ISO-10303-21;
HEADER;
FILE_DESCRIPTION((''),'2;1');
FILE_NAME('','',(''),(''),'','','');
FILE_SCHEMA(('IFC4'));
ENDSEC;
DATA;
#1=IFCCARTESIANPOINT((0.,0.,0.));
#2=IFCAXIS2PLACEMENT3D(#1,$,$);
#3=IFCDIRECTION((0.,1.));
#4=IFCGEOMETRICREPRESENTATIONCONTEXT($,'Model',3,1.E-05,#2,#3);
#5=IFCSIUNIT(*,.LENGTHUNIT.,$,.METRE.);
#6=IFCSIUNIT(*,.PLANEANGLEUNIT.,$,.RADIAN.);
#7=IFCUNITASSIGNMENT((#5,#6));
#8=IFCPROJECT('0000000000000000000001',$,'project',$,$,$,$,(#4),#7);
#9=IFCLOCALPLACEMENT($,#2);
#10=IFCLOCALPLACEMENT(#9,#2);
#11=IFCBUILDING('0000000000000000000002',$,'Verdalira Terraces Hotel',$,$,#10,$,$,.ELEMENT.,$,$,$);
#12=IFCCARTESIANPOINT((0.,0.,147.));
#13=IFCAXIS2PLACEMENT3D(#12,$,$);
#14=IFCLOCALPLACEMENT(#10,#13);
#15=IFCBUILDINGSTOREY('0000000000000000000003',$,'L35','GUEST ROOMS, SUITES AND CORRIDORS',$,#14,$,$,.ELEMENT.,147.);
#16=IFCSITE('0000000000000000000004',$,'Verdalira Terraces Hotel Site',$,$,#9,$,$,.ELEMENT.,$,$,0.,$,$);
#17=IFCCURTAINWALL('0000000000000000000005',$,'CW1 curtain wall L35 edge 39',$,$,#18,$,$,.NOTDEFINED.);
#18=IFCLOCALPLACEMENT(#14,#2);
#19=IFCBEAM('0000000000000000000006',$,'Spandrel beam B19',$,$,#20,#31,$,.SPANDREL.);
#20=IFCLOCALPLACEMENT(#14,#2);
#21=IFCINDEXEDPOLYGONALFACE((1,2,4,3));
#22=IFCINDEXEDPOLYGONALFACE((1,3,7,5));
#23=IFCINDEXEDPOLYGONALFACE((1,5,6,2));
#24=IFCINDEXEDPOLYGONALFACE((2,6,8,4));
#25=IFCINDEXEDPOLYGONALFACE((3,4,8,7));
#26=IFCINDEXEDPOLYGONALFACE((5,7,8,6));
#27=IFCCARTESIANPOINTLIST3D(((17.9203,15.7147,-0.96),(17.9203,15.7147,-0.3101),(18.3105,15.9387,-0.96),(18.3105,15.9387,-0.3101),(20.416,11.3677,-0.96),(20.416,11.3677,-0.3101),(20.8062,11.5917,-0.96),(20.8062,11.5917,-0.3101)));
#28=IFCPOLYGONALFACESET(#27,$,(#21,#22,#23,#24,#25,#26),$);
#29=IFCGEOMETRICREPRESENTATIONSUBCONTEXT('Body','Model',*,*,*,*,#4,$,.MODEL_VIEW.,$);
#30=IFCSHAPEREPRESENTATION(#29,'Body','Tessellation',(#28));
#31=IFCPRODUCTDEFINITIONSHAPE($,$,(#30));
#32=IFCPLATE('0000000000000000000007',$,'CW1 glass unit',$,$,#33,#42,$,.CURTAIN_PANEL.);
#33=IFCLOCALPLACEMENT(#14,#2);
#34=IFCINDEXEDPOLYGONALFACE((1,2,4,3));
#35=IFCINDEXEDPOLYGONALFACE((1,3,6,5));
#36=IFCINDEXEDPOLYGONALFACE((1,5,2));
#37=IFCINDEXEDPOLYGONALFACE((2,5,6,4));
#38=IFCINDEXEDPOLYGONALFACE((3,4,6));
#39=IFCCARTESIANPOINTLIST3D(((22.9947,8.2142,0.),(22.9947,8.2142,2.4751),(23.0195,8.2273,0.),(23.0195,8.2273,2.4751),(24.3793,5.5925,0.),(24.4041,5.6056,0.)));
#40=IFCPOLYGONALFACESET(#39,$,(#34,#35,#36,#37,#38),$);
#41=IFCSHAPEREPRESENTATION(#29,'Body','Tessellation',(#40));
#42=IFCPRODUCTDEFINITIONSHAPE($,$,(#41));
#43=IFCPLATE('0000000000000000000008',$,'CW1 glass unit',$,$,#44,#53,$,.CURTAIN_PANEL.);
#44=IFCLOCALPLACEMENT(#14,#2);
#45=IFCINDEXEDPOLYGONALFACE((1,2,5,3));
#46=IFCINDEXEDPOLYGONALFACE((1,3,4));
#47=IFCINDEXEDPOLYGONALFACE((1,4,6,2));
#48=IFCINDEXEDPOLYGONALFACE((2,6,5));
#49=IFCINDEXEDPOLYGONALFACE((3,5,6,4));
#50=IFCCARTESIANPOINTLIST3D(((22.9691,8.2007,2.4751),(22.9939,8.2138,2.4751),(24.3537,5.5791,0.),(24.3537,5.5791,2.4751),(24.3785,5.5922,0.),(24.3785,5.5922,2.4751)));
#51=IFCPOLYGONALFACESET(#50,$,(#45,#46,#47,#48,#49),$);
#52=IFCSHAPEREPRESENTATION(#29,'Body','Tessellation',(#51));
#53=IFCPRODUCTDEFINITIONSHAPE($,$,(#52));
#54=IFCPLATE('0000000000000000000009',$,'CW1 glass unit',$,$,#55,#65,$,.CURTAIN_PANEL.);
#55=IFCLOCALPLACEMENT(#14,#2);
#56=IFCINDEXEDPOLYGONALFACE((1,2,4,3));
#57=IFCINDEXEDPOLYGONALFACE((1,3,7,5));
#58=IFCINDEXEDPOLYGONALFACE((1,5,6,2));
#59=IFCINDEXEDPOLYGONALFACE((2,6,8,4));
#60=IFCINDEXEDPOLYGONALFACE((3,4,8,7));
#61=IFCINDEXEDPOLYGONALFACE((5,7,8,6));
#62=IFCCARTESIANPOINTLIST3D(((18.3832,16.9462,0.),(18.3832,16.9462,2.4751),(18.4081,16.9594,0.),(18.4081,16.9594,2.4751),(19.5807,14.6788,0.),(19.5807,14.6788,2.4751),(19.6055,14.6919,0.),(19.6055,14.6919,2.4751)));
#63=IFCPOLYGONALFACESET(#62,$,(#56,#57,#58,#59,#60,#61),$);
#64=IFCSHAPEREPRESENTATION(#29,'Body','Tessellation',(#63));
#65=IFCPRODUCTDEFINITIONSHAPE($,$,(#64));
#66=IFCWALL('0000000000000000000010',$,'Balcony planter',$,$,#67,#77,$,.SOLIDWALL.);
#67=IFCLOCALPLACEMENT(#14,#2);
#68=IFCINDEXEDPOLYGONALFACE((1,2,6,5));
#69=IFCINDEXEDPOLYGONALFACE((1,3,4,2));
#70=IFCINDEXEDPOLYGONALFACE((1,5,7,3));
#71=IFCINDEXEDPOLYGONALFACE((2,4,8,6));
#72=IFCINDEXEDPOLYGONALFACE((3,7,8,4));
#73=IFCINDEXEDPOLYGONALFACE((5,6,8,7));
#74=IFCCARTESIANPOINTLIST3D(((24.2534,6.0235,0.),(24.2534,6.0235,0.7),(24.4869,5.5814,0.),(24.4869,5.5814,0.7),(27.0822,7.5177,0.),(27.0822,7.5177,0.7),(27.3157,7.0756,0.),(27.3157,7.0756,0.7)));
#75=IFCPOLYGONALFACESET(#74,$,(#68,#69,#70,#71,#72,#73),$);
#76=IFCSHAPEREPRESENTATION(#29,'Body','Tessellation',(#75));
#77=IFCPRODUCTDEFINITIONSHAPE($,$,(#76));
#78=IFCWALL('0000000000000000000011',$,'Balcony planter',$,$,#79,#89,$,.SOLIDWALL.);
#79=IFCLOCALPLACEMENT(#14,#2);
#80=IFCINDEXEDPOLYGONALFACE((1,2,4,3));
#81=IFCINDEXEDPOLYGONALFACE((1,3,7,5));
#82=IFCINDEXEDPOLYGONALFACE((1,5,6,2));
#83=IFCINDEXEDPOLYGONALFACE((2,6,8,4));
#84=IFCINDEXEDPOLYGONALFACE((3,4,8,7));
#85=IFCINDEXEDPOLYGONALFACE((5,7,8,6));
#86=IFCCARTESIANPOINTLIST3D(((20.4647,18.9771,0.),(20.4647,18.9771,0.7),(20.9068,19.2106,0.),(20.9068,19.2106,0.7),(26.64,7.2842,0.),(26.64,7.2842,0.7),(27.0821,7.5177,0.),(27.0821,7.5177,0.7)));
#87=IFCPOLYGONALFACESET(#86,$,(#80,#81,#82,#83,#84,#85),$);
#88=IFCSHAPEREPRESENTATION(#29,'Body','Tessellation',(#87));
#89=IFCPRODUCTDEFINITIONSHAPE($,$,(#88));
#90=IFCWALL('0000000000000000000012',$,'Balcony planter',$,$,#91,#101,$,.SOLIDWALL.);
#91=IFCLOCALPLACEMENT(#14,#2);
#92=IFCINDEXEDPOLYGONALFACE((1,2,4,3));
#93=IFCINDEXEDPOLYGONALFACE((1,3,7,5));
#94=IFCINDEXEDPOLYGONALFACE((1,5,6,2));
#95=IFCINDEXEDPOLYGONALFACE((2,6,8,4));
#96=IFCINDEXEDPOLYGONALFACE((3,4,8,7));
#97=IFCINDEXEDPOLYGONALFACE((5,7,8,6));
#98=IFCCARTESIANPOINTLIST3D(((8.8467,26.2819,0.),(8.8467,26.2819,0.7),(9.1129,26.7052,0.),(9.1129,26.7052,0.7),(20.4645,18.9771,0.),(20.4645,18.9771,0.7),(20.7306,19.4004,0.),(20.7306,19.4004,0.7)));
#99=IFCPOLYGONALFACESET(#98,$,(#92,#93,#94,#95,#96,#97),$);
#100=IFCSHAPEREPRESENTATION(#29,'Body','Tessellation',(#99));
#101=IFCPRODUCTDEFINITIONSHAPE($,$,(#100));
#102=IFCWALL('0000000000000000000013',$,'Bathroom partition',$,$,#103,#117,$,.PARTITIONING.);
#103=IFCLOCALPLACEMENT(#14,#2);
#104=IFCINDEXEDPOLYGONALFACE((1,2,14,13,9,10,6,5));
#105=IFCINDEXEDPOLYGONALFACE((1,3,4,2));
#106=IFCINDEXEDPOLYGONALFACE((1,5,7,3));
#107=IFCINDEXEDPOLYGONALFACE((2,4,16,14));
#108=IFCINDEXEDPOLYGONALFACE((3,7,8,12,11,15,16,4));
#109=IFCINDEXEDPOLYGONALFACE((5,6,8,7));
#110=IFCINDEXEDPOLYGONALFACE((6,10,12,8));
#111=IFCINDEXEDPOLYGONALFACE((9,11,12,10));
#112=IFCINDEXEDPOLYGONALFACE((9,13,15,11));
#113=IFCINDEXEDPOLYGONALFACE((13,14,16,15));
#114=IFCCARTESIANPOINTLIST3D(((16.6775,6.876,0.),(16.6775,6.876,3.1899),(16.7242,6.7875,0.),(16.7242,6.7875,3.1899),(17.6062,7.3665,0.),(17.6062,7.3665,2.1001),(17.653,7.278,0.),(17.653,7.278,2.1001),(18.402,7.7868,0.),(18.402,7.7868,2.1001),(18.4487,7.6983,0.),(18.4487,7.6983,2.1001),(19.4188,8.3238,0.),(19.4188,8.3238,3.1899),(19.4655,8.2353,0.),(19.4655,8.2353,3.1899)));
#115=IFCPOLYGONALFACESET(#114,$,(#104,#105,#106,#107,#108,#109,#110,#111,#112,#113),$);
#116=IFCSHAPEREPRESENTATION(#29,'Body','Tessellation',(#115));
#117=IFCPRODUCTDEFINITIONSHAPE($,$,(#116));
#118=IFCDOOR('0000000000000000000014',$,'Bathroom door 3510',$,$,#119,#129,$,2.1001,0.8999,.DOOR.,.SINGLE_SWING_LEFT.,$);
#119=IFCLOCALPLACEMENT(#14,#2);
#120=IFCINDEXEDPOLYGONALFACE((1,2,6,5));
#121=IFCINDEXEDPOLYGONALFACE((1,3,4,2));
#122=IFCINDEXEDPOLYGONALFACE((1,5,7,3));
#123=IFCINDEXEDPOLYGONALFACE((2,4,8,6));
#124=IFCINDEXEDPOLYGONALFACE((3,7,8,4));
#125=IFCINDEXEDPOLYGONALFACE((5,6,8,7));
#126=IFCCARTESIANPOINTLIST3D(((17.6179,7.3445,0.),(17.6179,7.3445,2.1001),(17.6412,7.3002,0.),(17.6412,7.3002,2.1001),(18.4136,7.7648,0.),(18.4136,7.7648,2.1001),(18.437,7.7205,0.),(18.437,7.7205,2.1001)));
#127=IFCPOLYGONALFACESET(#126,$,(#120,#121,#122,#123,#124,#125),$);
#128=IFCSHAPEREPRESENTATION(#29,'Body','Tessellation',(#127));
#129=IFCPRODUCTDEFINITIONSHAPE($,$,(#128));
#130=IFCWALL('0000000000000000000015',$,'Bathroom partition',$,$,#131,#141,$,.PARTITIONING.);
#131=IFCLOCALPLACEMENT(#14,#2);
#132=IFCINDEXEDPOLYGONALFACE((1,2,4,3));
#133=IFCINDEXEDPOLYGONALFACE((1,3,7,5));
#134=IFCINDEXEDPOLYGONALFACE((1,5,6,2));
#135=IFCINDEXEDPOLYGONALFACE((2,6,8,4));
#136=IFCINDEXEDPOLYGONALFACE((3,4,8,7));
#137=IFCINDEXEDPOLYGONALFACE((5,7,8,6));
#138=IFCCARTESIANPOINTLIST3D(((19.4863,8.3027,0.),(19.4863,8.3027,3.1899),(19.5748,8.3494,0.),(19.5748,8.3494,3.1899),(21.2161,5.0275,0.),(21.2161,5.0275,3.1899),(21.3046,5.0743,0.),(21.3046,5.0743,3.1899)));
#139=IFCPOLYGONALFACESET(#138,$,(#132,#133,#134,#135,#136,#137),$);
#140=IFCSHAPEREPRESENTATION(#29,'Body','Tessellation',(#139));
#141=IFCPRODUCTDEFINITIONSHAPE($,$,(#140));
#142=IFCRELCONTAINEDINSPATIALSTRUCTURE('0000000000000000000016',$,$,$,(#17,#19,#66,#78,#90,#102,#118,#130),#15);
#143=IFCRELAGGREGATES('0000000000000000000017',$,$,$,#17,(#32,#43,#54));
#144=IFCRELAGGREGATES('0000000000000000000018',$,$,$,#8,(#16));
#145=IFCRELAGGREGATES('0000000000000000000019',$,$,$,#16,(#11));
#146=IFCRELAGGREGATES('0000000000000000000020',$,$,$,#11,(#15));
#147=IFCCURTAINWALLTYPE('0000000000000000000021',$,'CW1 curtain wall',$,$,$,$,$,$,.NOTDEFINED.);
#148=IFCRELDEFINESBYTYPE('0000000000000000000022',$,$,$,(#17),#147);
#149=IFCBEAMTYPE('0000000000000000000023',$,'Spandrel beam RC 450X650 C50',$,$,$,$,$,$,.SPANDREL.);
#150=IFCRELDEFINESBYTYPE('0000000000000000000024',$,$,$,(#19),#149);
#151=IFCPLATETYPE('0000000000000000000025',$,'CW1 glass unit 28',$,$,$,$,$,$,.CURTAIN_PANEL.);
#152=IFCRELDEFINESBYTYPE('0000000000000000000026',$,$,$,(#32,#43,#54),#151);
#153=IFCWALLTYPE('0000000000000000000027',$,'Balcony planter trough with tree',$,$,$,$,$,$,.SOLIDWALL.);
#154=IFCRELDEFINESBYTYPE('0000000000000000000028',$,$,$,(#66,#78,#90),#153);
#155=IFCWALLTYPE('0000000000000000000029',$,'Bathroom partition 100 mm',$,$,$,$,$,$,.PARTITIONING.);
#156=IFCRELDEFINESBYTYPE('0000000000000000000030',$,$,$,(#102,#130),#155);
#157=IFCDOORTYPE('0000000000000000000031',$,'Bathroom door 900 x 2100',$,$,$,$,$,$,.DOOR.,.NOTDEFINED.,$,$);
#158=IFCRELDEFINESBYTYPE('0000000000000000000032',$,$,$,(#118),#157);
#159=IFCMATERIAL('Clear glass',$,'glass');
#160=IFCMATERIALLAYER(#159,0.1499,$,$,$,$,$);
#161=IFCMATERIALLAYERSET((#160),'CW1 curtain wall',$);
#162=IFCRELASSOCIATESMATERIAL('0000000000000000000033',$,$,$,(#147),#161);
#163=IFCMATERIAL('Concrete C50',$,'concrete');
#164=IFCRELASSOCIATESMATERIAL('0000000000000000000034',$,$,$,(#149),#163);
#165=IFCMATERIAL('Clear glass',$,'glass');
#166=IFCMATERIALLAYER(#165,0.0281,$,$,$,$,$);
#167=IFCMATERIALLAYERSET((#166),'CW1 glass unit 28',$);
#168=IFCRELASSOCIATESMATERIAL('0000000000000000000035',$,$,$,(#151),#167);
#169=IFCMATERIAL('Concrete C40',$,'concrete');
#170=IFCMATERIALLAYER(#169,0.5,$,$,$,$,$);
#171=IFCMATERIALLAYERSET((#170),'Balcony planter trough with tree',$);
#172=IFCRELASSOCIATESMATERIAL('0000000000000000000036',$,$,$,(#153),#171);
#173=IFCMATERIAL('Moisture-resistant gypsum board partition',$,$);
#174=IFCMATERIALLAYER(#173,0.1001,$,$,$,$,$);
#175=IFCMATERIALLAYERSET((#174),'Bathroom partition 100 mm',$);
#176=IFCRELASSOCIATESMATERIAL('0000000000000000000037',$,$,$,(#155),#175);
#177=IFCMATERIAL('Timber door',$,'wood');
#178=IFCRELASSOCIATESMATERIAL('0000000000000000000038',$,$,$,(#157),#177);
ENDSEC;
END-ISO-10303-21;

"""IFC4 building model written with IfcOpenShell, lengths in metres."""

from ifc_helpers import new_model, si_unit, direction, frame, frame_2d, origin, origin_2d, place, context, subcontext, project, spatial, polyline, rectangle, outline, extrude, material, layer, layer_set, material_profile, profile_set, type_object, element, fill, aggregate, save


model = new_model("IFC4")

# Units and contexts
model_context = context("Model", 3, precision=1e-05, world=origin(), true_north=direction((0.0, 1.0)))
body_context = subcontext(model_context, "Body", "Model", "MODEL_VIEW")
ifc_project = project(units=[si_unit("LENGTHUNIT", "METRE"), si_unit("PLANEANGLEUNIT", "RADIAN")], contexts=[model_context])

# Site, building, storey
site_placement = place(None, origin())
site = spatial("IfcSite", under=ifc_project, at=site_placement, Name="Verdalira Terraces Hotel Site", CompositionType="ELEMENT", RefElevation=0.0)
building_placement = place(site_placement, origin())
building = spatial("IfcBuilding", under=site, at=building_placement, Name="Verdalira Terraces Hotel", CompositionType="ELEMENT")
storey_placement = place(building_placement, frame((0.0, 0.0, 147.0)))
storey = spatial("IfcBuildingStorey", under=building, at=storey_placement, Name="L35", Description="GUEST ROOMS, SUITES AND CORRIDORS", CompositionType="ELEMENT", Elevation=147.0)

# Curtain wall
ifc_material_1 = material(Name="Clear glass", Category="glass")
ifc_layer_1 = layer(ifc_material_1, 0.1499)
ifc_layer_set_1 = layer_set([ifc_layer_1], Name="CW1 curtain wall")
curtain_wall_type_1 = type_object("IfcCurtainWallType", Name="CW1 curtain wall", PredefinedType="NOTDEFINED", material=ifc_layer_set_1)
curtain_wall_1_placement = place(storey_placement, origin())
curtain_wall_1 = element("IfcCurtainWall", 1, at=curtain_wall_1_placement, inside=storey, type_object=curtain_wall_type_1, Name="CW1 curtain wall L35 edge 39", PredefinedType="NOTDEFINED")

# Beam
ifc_material_2 = material(Name="Concrete C50", Category="concrete")
ifc_material_profile_1 = material_profile(ifc_material_2, rectangle(XDim=0.45, YDim=0.6499, at=origin_2d()), Name="RC 450X650")
ifc_profile_set_1 = profile_set([ifc_material_profile_1], Name="Concrete C50")
beam_type_1 = type_object("IfcBeamType", Name="Spandrel beam RC 450X650 C50", PredefinedType="SPANDREL", material=ifc_profile_set_1)
beam_1_placement = place(storey_placement, frame((20.6111, 11.4797, -0.635), z_axis=(-0.49789, 0.86724, 0.0), x_axis=(-0.86724, -0.49789, 0.0)))
element("IfcBeam", 2, at=beam_1_placement, inside=storey, type_object=beam_type_1, Name="Spandrel beam B19", PredefinedType="SPANDREL", context=body_context, shape_type="SweptSolid", body=[
    extrude(rectangle(XDim=0.45, YDim=0.6499, at=origin_2d()), origin(), (0.0, 0.0, 1.0), 5.0125),
])

# Plates
ifc_material_3 = material(Name="Clear glass", Category="glass")
ifc_layer_2 = layer(ifc_material_3, 0.0281)
ifc_layer_set_2 = layer_set([ifc_layer_2], Name="CW1 glass unit 28")
plate_type = type_object("IfcPlateType", Name="CW1 glass unit 28", PredefinedType="CURTAIN_PANEL", material=ifc_layer_set_2)
plate_1_placement = place(storey_placement, frame((23.687, 6.9033, 1.2375), z_axis=(0.884255, 0.467004, 0.0), x_axis=(-0.467004, 0.884255, 0.0)))
plate_1 = element("IfcPlate", 3, at=plate_1_placement, type_object=plate_type, Name="CW1 glass unit", PredefinedType="CURTAIN_PANEL", context=body_context, shape_type="SweptSolid", body=[
    extrude(outline(polyline([(-1.4824, -1.2375), (1.4824, -1.2375), (1.4824, 1.2375), (-1.4824, -1.2375)])), origin(), (0.0, 0.0, 1.0), 0.0281),
])
plate_2_placement = place(storey_placement, frame((23.6614, 6.8899, 1.2375), z_axis=(0.884255, 0.467004, 0.0), x_axis=(-0.467004, 0.884255, 0.0)))
plate_2 = element("IfcPlate", 4, at=plate_2_placement, type_object=plate_type, Name="CW1 glass unit", PredefinedType="CURTAIN_PANEL", context=body_context, shape_type="SweptSolid", body=[
    extrude(outline(polyline([(-1.4824, -1.2375), (1.4824, 1.2375), (-1.4824, 1.2375), (-1.4824, -1.2375)])), origin(), (0.0, 0.0, 1.0), 0.0281),
])
plate_3_placement = place(storey_placement, frame((18.9944, 15.8191, 0.0), z_axis=(0.0, 0.0, 1.0), x_axis=(-0.467004, 0.884255, 0.0)))
plate_3 = element("IfcPlate", 5, at=plate_3_placement, type_object=plate_type, Name="CW1 glass unit", PredefinedType="CURTAIN_PANEL", context=body_context, shape_type="SweptSolid", body=[
    extrude(rectangle(XDim=2.5642, YDim=0.0281, at=origin_2d()), origin(), (0.0, 0.0, 1.0), 2.4751),
])
aggregate(curtain_wall_1, [plate_1, plate_2, plate_3])

# Walls
ifc_material_4 = material(Name="Concrete C40", Category="concrete")
ifc_layer_3 = layer(ifc_material_4, 0.5)
ifc_layer_set_3 = layer_set([ifc_layer_3], Name="Balcony planter trough with tree")
wall_type_1 = type_object("IfcWallType", Name="Balcony planter trough with tree", PredefinedType="SOLIDWALL", material=ifc_layer_set_3)
wall_1_placement = place(storey_placement, frame((24.3701, 5.8025, 0.0), z_axis=(0.0, 0.0, 1.0), x_axis=(0.884239, 0.467035, 0.0)))
element("IfcWall", 6, at=wall_1_placement, inside=storey, type_object=wall_type_1, Name="Balcony planter", PredefinedType="SOLIDWALL", context=body_context, shape_type="SweptSolid", body=[
    extrude(rectangle(XDim=3.1992, YDim=0.5, at=frame_2d((1.5996, 0.0))), origin(), (0.0, 0.0, 1.0), 0.7),
])
wall_2_placement = place(storey_placement, frame((26.8611, 7.4009, 0.0), z_axis=(0.0, 0.0, 1.0), x_axis=(-0.466998, 0.884258, 0.0)))
element("IfcWall", 7, at=wall_2_placement, inside=storey, type_object=wall_type_1, Name="Balcony planter", PredefinedType="SOLIDWALL", context=body_context, shape_type="SweptSolid", body=[
    extrude(rectangle(XDim=13.2234, YDim=0.5, at=frame_2d((6.6118, 0.0))), origin(), (0.0, 0.0, 1.0), 0.7),
])
wall_3_placement = place(storey_placement, frame((20.5977, 19.1887, 0.0), z_axis=(0.0, 0.0, 1.0), x_axis=(-0.846566, 0.532284, 0.0)))
element("IfcWall", 8, at=wall_3_placement, inside=storey, type_object=wall_type_1, Name="Balcony planter", PredefinedType="SOLIDWALL", context=body_context, shape_type="SweptSolid", body=[
    extrude(rectangle(XDim=13.7234, YDim=0.5, at=frame_2d((6.8618, 0.0))), origin(), (0.0, 0.0, 1.0), 0.7),
])

# Wall, opening, door
ifc_material_5 = material(Name="Moisture-resistant gypsum board partition")
ifc_layer_4 = layer(ifc_material_5, 0.1001)
ifc_layer_set_4 = layer_set([ifc_layer_4], Name="Bathroom partition 100 mm")
wall_type_2 = type_object("IfcWallType", Name="Bathroom partition 100 mm", PredefinedType="PARTITIONING", material=ifc_layer_set_4)
wall_4_placement = place(storey_placement, frame((19.4421, 8.2795, 0.0), z_axis=(0.0, 0.0, 1.0), x_axis=(-0.884251, -0.467012, 0.0)))
wall_4 = element("IfcWall", 9, at=wall_4_placement, inside=storey, type_object=wall_type_2, Name="Bathroom partition", PredefinedType="PARTITIONING", context=body_context, shape_type="SweptSolid", body=[
    extrude(rectangle(XDim=3.1001, YDim=0.1001, at=frame_2d((1.55, 0.0))), origin(), (0.0, 0.0, 1.0), 3.1899),
])
opening_1_placement = place(wall_4_placement, frame((1.1499, 0.0, 0.0)))
opening_1 = element("IfcOpeningElement", 10, at=opening_1_placement, cuts=wall_4, PredefinedType="OPENING", context=body_context, shape_type="SweptSolid", body=[
    extrude(rectangle(XDim=0.8999, YDim=2.1001, at=frame_2d((0.45, 1.05))), frame((0.0, 0.0601, 0.0), z_axis=(0.0, -1.0, 0.0), x_axis=(1.0, 0.0, 0.0)), (0.0, 0.0, 1.0), 0.1201),
])
ifc_material_6 = material(Name="Timber door", Category="wood")
door_type_1 = type_object("IfcDoorType", Name="Bathroom door 900 x 2100", OperationType="NOTDEFINED", PredefinedType="DOOR", material=ifc_material_6)
door_1_placement = place(opening_1_placement, origin())
door_1 = element("IfcDoor", 11, at=door_1_placement, inside=storey, type_object=door_type_1, Name="Bathroom door 3510", OperationType="SINGLE_SWING_LEFT", OverallHeight=2.1001, OverallWidth=0.8999, PredefinedType="DOOR", context=body_context, shape_type="SweptSolid", body=[
    extrude(rectangle(XDim=0.8999, YDim=2.1001, at=frame_2d((0.45, 1.05))), frame((0.0, 0.0249, 0.0), z_axis=(0.0, -1.0, 0.0), x_axis=(1.0, 0.0, 0.0)), (0.0, 0.0, 1.0), 0.05),
])
fill(opening_1, door_1)

# Wall
wall_5_placement = place(storey_placement, frame((19.5305, 8.3262, 0.0), z_axis=(0.0, 0.0, 1.0), x_axis=(0.467009, -0.884252, 0.0)))
element("IfcWall", 12, at=wall_5_placement, inside=storey, type_object=wall_type_2, Name="Bathroom partition", PredefinedType="PARTITIONING", context=body_context, shape_type="SweptSolid", body=[
    extrude(rectangle(XDim=3.7039, YDim=0.1001, at=frame_2d((1.8521, 0.0))), origin(), (0.0, 0.0, 1.0), 3.1899),
])

save(model, "model.ifc")
